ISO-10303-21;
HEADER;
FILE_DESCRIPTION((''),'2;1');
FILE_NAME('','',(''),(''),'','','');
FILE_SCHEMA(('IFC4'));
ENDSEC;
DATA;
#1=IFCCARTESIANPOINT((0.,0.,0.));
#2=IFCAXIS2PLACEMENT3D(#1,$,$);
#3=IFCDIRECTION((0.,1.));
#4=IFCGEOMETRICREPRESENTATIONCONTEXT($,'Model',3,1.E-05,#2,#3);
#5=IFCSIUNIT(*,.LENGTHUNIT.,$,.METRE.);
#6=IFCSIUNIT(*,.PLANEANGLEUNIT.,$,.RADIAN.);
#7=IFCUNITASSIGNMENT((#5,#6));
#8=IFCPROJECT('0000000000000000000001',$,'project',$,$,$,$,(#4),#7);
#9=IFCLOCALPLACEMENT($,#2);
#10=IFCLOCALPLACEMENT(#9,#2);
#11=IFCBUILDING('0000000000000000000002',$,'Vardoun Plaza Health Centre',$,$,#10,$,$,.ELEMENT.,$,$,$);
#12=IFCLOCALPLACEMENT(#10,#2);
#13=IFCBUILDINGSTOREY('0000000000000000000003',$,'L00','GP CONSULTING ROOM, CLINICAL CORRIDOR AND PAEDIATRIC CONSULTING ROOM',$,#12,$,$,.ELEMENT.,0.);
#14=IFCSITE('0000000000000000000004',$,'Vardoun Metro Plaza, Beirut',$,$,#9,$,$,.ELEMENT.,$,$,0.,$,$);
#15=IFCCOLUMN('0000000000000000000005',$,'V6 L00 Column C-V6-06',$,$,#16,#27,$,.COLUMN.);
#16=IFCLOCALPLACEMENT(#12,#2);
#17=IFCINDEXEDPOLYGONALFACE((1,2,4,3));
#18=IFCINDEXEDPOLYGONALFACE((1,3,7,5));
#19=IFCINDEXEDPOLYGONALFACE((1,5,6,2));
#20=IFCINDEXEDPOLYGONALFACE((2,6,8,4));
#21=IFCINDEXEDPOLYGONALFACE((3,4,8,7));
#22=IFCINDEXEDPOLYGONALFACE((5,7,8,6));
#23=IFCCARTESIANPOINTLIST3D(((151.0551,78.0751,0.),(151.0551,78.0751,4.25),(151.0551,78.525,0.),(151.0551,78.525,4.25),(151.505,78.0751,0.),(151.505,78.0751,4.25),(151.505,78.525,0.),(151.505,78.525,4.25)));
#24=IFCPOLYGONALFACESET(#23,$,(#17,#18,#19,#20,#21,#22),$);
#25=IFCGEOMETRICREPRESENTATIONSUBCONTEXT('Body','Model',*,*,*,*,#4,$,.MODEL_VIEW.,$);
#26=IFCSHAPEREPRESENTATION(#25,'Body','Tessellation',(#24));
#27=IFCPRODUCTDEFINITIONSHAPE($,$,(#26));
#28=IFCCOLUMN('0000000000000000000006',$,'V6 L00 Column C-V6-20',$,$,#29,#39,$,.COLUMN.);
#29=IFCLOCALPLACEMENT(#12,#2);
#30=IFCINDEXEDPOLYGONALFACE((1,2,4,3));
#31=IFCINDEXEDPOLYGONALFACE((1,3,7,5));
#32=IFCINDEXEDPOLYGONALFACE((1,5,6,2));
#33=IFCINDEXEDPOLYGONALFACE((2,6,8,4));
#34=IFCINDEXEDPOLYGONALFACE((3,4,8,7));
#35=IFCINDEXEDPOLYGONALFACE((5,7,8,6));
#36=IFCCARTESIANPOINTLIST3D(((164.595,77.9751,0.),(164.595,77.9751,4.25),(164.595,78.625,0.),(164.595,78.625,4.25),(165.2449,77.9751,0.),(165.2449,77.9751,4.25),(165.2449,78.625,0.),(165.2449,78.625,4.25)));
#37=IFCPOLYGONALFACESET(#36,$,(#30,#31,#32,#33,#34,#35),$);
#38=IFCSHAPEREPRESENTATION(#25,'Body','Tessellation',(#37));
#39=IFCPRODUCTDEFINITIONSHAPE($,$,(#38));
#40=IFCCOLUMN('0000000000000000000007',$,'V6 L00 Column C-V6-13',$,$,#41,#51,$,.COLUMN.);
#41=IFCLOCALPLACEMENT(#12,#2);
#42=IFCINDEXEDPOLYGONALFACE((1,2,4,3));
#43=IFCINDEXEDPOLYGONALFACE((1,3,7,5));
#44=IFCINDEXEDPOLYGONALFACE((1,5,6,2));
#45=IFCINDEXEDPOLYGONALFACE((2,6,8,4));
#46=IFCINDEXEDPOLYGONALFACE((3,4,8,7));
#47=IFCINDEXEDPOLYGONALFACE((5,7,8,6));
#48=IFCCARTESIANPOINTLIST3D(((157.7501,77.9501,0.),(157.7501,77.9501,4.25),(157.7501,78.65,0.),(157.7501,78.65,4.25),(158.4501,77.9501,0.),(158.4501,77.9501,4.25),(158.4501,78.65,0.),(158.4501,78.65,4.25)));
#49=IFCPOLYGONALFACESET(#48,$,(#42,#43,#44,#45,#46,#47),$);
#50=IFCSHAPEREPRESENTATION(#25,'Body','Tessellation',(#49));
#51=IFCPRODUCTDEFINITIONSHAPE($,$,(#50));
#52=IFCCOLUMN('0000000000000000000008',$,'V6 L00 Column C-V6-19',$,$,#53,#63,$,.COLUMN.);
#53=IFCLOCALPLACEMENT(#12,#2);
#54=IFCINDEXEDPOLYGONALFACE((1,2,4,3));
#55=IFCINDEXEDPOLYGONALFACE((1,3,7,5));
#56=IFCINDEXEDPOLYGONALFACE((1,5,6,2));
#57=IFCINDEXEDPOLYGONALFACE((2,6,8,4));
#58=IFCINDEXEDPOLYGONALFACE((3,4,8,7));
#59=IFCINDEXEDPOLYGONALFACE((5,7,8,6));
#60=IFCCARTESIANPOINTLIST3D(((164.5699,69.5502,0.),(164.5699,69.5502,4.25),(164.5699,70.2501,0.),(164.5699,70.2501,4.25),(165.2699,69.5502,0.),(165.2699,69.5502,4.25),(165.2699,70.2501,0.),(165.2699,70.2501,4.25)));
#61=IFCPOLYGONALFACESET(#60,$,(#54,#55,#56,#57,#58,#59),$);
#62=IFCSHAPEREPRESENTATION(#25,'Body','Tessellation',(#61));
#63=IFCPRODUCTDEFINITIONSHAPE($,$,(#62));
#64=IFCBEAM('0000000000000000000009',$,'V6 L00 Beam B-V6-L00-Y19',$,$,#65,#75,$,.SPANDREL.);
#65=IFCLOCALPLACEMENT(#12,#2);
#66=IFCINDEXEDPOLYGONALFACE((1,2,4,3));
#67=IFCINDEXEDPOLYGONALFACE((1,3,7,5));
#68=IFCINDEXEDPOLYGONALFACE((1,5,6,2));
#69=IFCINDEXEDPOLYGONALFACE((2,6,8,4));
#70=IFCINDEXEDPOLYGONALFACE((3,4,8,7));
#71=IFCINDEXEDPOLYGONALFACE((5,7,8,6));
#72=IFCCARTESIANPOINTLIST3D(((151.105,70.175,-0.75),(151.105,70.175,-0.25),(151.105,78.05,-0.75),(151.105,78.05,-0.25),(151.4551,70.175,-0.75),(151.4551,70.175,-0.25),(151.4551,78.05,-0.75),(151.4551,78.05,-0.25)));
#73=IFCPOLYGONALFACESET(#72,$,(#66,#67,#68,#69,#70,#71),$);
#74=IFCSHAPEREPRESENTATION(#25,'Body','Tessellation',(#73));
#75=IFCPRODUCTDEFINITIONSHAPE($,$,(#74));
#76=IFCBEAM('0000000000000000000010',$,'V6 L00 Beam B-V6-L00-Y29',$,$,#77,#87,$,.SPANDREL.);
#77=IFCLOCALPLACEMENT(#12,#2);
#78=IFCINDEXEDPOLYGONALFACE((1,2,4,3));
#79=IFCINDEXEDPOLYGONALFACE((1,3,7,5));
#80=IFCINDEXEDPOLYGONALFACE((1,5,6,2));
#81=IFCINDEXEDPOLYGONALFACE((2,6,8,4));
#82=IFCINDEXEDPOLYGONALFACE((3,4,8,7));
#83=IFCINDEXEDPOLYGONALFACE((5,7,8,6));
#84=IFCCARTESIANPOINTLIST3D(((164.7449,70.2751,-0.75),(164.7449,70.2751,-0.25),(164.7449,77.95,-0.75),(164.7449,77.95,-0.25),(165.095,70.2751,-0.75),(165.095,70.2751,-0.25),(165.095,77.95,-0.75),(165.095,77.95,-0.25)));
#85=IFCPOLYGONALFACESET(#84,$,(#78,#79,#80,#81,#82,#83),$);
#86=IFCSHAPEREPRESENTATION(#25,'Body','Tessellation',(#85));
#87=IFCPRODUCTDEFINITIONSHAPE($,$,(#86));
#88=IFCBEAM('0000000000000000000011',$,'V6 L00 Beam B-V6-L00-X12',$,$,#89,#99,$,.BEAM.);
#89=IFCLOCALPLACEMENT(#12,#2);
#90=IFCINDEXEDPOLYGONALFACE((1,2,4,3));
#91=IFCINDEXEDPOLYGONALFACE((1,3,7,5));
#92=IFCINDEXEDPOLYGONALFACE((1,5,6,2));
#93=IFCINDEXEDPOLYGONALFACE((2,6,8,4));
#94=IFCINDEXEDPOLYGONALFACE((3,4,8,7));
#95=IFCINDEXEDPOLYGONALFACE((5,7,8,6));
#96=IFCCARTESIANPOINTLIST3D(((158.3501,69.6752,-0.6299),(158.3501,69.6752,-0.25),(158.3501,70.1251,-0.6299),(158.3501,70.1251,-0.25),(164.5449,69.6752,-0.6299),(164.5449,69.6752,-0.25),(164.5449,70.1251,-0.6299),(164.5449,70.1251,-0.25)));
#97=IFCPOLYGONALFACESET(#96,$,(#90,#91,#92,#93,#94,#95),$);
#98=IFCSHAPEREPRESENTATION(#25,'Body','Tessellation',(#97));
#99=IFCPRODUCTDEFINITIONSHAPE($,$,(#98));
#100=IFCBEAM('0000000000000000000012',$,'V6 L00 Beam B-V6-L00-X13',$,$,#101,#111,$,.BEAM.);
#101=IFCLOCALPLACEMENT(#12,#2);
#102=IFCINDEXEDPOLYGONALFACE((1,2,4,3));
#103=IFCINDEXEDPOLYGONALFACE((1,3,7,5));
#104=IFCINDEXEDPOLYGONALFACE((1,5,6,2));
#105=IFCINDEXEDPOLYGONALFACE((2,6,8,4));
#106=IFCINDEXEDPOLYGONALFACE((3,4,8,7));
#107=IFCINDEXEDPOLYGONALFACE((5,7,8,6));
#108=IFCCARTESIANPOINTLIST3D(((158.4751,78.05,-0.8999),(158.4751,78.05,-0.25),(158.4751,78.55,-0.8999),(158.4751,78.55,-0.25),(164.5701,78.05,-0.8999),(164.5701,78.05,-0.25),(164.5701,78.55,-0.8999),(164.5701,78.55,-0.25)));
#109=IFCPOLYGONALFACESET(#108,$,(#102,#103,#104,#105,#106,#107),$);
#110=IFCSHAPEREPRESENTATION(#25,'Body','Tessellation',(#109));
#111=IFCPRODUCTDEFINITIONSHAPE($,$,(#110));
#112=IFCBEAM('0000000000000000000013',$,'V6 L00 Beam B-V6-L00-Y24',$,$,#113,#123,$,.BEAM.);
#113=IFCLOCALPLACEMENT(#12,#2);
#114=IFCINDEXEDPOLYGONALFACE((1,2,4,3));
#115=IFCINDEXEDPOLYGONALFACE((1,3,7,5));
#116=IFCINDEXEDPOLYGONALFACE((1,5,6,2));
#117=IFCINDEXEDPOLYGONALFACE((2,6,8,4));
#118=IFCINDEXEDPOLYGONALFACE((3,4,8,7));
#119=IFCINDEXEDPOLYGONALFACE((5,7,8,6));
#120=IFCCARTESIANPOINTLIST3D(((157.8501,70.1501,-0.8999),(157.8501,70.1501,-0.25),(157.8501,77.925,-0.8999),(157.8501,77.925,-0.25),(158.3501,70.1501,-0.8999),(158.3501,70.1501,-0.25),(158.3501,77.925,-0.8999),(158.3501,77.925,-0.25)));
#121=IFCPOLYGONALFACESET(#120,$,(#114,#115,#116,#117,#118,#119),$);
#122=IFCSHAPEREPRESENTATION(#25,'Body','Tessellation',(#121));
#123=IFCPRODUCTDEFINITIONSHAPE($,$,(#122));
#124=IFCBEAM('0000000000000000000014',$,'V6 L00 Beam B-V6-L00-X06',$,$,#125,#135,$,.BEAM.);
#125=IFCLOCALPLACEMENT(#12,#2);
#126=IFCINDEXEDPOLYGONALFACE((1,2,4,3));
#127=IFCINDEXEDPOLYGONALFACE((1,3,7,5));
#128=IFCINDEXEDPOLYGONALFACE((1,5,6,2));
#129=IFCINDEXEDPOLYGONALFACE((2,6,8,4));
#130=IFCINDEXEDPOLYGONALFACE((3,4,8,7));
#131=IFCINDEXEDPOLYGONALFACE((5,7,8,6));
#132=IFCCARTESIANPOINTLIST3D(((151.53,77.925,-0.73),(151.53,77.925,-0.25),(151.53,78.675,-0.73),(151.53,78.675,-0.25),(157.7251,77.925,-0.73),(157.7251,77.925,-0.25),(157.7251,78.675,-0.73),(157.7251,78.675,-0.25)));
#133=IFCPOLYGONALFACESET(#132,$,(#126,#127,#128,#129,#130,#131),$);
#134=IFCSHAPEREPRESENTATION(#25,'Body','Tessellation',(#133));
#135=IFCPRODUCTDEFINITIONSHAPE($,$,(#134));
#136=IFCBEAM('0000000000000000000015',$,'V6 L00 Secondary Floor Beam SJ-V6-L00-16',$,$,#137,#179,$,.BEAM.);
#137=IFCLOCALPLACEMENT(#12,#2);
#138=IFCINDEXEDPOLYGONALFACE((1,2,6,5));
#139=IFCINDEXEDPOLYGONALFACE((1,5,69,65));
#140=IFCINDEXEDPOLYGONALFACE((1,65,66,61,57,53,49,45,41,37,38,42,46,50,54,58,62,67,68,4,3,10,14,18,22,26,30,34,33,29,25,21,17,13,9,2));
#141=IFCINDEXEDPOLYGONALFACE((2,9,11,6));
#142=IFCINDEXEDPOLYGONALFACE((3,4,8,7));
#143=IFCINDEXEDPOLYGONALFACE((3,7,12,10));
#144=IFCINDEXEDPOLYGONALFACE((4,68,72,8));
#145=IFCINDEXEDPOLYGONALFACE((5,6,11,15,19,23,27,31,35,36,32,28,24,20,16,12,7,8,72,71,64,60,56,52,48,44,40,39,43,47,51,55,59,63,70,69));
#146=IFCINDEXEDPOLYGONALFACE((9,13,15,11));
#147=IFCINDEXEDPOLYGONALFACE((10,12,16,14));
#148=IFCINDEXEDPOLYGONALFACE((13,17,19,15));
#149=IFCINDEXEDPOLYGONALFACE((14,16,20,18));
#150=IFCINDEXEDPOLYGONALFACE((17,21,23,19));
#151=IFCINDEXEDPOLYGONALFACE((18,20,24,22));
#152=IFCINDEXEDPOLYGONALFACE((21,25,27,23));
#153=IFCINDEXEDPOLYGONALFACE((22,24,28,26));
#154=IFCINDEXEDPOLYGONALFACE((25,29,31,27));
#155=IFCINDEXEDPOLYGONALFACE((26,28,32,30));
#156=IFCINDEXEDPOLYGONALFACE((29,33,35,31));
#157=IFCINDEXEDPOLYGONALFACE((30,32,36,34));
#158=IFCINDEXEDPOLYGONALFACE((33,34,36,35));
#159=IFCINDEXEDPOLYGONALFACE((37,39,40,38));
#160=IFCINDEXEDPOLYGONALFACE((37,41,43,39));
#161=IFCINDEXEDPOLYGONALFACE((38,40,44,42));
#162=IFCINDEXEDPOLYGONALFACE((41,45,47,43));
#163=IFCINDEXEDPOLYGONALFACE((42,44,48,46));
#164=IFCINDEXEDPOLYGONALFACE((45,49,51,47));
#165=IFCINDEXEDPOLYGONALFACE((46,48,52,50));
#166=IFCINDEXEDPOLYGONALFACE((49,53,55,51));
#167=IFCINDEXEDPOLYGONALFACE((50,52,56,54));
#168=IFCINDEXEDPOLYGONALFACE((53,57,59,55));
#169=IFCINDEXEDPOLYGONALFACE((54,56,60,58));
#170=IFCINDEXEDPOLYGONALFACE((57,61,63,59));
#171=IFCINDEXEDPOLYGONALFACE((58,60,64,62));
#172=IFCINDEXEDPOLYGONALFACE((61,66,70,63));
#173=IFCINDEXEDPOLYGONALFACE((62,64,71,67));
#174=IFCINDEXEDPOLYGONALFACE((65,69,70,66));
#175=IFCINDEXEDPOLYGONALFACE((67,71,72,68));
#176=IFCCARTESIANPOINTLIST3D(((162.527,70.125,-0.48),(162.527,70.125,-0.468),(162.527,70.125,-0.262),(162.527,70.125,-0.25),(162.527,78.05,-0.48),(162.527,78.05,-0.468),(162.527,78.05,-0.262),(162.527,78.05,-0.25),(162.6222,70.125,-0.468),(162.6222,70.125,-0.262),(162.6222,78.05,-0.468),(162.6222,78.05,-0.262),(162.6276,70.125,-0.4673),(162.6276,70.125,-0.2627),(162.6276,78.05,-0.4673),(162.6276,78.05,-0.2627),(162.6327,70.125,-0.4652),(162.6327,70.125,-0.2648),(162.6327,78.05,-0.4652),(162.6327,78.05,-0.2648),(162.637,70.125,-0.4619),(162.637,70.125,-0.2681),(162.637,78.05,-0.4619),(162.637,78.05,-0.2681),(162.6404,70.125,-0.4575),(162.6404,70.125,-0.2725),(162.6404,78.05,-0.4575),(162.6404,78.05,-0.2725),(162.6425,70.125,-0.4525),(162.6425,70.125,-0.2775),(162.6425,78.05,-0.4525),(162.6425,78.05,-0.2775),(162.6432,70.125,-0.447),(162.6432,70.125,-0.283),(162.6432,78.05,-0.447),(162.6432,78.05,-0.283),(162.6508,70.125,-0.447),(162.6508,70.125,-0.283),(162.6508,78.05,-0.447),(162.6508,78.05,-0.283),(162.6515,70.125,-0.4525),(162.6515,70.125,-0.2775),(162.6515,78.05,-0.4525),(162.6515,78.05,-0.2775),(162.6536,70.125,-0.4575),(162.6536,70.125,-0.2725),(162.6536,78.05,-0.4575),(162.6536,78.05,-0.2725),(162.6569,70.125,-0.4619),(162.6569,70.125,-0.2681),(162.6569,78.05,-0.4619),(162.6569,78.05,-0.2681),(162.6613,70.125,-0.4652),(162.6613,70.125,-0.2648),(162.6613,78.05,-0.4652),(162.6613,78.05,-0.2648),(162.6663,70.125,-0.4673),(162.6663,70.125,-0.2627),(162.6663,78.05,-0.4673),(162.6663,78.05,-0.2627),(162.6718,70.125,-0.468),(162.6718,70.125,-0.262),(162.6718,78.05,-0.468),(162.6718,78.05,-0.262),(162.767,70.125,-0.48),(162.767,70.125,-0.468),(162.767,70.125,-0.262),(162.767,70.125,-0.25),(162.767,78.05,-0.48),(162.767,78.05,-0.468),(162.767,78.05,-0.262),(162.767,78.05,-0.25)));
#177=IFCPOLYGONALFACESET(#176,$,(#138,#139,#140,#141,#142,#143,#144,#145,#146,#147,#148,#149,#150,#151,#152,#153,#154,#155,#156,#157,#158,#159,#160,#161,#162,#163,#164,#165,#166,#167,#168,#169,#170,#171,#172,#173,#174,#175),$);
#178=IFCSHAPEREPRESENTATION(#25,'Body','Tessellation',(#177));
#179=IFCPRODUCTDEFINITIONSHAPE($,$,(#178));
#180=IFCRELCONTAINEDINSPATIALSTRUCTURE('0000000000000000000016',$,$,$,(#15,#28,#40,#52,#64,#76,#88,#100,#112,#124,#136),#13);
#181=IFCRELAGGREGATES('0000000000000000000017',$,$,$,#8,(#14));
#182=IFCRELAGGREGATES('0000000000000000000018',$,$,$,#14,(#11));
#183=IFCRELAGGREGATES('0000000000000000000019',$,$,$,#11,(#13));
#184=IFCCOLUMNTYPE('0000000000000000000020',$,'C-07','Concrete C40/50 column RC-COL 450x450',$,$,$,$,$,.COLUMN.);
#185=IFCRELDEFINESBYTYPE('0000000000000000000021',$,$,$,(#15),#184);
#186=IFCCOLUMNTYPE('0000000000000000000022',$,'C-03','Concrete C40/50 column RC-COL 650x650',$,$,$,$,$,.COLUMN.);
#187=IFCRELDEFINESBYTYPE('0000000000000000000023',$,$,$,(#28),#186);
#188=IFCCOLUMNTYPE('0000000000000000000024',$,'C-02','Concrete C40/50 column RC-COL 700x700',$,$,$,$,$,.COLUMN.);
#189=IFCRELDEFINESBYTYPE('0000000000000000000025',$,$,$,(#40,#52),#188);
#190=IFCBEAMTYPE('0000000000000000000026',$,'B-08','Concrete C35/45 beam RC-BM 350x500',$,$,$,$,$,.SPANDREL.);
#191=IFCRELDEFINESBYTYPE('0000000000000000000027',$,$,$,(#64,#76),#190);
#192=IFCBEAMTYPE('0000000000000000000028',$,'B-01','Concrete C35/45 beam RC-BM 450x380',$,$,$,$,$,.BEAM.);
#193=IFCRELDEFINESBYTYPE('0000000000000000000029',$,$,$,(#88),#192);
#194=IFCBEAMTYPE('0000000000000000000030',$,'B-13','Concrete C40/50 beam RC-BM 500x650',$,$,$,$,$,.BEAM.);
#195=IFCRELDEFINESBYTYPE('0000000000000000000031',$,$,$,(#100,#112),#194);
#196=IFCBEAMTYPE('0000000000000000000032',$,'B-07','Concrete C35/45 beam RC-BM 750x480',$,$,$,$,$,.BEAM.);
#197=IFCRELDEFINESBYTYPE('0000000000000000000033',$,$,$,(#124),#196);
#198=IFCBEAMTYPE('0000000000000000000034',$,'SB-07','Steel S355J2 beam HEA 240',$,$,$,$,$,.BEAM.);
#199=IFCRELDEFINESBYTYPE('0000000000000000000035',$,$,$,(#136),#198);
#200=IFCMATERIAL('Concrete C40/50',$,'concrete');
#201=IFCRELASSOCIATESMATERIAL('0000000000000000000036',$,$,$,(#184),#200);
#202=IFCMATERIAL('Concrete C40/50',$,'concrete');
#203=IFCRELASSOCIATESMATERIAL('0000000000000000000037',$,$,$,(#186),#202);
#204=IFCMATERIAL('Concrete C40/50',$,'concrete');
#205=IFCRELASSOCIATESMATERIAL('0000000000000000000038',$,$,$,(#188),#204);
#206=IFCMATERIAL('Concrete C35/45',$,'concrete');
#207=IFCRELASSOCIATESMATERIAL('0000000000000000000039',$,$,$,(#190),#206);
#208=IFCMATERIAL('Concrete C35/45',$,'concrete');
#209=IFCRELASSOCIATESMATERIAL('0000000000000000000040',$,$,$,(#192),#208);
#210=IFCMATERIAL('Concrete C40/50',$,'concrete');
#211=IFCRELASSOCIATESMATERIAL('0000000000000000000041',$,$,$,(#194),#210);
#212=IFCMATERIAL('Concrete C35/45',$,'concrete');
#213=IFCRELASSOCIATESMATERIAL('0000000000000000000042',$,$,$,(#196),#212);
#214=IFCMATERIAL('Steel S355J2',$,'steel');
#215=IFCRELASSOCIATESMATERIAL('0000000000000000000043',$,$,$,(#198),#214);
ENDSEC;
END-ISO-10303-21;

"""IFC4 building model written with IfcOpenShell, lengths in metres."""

from ifc_helpers import new_model, si_unit, direction, frame, origin, origin_2d, place, context, subcontext, project, spatial, rectangle, i_section, extrude, material, material_profile, profile_set, type_object, element, save


model = new_model("IFC4")

# Units and contexts
model_context = context("Model", 3, precision=1e-05, world=origin(), true_north=direction((0.0, 1.0)))
body_context = subcontext(model_context, "Body", "Model", "MODEL_VIEW")
ifc_project = project(units=[si_unit("LENGTHUNIT", "METRE"), si_unit("PLANEANGLEUNIT", "RADIAN")], contexts=[model_context])

# Site, building, storey
site_placement = place(None, origin())
site = spatial("IfcSite", under=ifc_project, at=site_placement, Name="Vardoun Metro Plaza, Beirut", CompositionType="ELEMENT", RefElevation=0.0)
building_placement = place(site_placement, origin())
building = spatial("IfcBuilding", under=site, at=building_placement, Name="Vardoun Plaza Health Centre", CompositionType="ELEMENT")
storey_placement = place(building_placement, origin())
storey = spatial("IfcBuildingStorey", under=building, at=storey_placement, Name="L00", Description="GP CONSULTING ROOM, CLINICAL CORRIDOR AND PAEDIATRIC CONSULTING ROOM", CompositionType="ELEMENT", Elevation=0.0)

# Columns
ifc_material_1 = material(Name="Concrete C40/50", Category="concrete")
ifc_material_profile_1 = material_profile(ifc_material_1, rectangle(XDim=0.45, YDim=0.45, at=origin_2d()), Name="RC-COL 450x450")
ifc_profile_set_1 = profile_set([ifc_material_profile_1], Name="Concrete C40/50")
column_type_1 = type_object("IfcColumnType", Name="C-07", Description="Concrete C40/50 column RC-COL 450x450", PredefinedType="COLUMN", material=ifc_profile_set_1)
column_1_placement = place(storey_placement, frame((151.28, 78.3, 0.0), z_axis=(0.0, 0.0, 1.0), x_axis=(1.0, 0.0, 0.0)))
element("IfcColumn", 1, at=column_1_placement, inside=storey, type_object=column_type_1, Name="V6 L00 Column C-V6-06", PredefinedType="COLUMN", context=body_context, shape_type="SweptSolid", body=[
    extrude(rectangle(XDim=0.45, YDim=0.45, at=origin_2d()), origin(), (0.0, 0.0, 1.0), 4.25),
])
ifc_material_2 = material(Name="Concrete C40/50", Category="concrete")
ifc_material_profile_2 = material_profile(ifc_material_2, rectangle(XDim=0.6499, YDim=0.6499, at=origin_2d()), Name="RC-COL 650x650")
ifc_profile_set_2 = profile_set([ifc_material_profile_2], Name="Concrete C40/50")
column_type_2 = type_object("IfcColumnType", Name="C-03", Description="Concrete C40/50 column RC-COL 650x650", PredefinedType="COLUMN", material=ifc_profile_set_2)
column_2_placement = place(storey_placement, frame((164.9199, 78.3, 0.0), z_axis=(0.0, 0.0, 1.0), x_axis=(1.0, 0.0, 0.0)))
element("IfcColumn", 2, at=column_2_placement, inside=storey, type_object=column_type_2, Name="V6 L00 Column C-V6-20", PredefinedType="COLUMN", context=body_context, shape_type="SweptSolid", body=[
    extrude(rectangle(XDim=0.6499, YDim=0.6499, at=origin_2d()), origin(), (0.0, 0.0, 1.0), 4.25),
])
ifc_material_3 = material(Name="Concrete C40/50", Category="concrete")
ifc_material_profile_3 = material_profile(ifc_material_3, rectangle(XDim=0.7, YDim=0.7, at=origin_2d()), Name="RC-COL 700x700")
ifc_profile_set_3 = profile_set([ifc_material_profile_3], Name="Concrete C40/50")
column_type_3 = type_object("IfcColumnType", Name="C-02", Description="Concrete C40/50 column RC-COL 700x700", PredefinedType="COLUMN", material=ifc_profile_set_3)
for number, where, z_axis, x_axis, name in (
    (3, (158.1001, 78.3, 0.0), (0.0, 0.0, 1.0), (1.0, 0.0, 0.0), "V6 L00 Column C-V6-13"),
    (4, (164.9199, 69.9001, 0.0), (0.0, 0.0, 1.0), (1.0, 0.0, 0.0), "V6 L00 Column C-V6-19"),
):
    element("IfcColumn", number, at=place(storey_placement, frame(where, z_axis=z_axis, x_axis=x_axis)), inside=storey, type_object=column_type_3, Name=name, PredefinedType="COLUMN", context=body_context, shape_type="SweptSolid", body=[
        extrude(rectangle(XDim=0.7, YDim=0.7, at=origin_2d()), origin(), (0.0, 0.0, 1.0), 4.25),
    ])

# Beams
ifc_material_4 = material(Name="Concrete C35/45", Category="concrete")
ifc_material_profile_4 = material_profile(ifc_material_4, rectangle(XDim=0.3501, YDim=0.5, at=origin_2d()), Name="RC-BM 350x500")
ifc_profile_set_4 = profile_set([ifc_material_profile_4], Name="Concrete C35/45")
beam_type_1 = type_object("IfcBeamType", Name="B-08", Description="Concrete C35/45 beam RC-BM 350x500", PredefinedType="SPANDREL", material=ifc_profile_set_4)
beam_1_placement = place(storey_placement, frame((151.28, 70.175, -0.5), z_axis=(0.0, 1.0, 0.0), x_axis=(-1.0, 0.0, 0.0)))
element("IfcBeam", 5, at=beam_1_placement, inside=storey, type_object=beam_type_1, Name="V6 L00 Beam B-V6-L00-Y19", PredefinedType="SPANDREL", context=body_context, shape_type="SweptSolid", body=[
    extrude(rectangle(XDim=0.3501, YDim=0.5, at=origin_2d()), origin(), (0.0, 0.0, 1.0), 7.875),
])
beam_2_placement = place(storey_placement, frame((164.9199, 70.2751, -0.5), z_axis=(0.0, 1.0, 0.0), x_axis=(-1.0, 0.0, 0.0)))
element("IfcBeam", 6, at=beam_2_placement, inside=storey, type_object=beam_type_1, Name="V6 L00 Beam B-V6-L00-Y29", PredefinedType="SPANDREL", context=body_context, shape_type="SweptSolid", body=[
    extrude(rectangle(XDim=0.3501, YDim=0.5, at=origin_2d()), origin(), (0.0, 0.0, 1.0), 7.6748),
])
ifc_material_5 = material(Name="Concrete C35/45", Category="concrete")
ifc_material_profile_5 = material_profile(ifc_material_5, rectangle(XDim=0.45, YDim=0.3799, at=origin_2d()), Name="RC-BM 450x380")
ifc_profile_set_5 = profile_set([ifc_material_profile_5], Name="Concrete C35/45")
beam_type_2 = type_object("IfcBeamType", Name="B-01", Description="Concrete C35/45 beam RC-BM 450x380", PredefinedType="BEAM", material=ifc_profile_set_5)
beam_3_placement = place(storey_placement, frame((158.3501, 69.9001, -0.4399), z_axis=(1.0, 0.0, 0.0), x_axis=(0.0, 1.0, 0.0)))
element("IfcBeam", 7, at=beam_3_placement, inside=storey, type_object=beam_type_2, Name="V6 L00 Beam B-V6-L00-X12", PredefinedType="BEAM", context=body_context, shape_type="SweptSolid", body=[
    extrude(rectangle(XDim=0.45, YDim=0.3799, at=origin_2d()), origin(), (0.0, 0.0, 1.0), 6.1948),
])
ifc_material_6 = material(Name="Concrete C40/50", Category="concrete")
ifc_material_profile_6 = material_profile(ifc_material_6, rectangle(XDim=0.5, YDim=0.6499, at=origin_2d()), Name="RC-BM 500x650")
ifc_profile_set_6 = profile_set([ifc_material_profile_6], Name="Concrete C40/50")
beam_type_3 = type_object("IfcBeamType", Name="B-13", Description="Concrete C40/50 beam RC-BM 500x650", PredefinedType="BEAM", material=ifc_profile_set_6)
beam_4_placement = place(storey_placement, frame((158.4751, 78.3, -0.575), z_axis=(1.0, 0.0, 0.0), x_axis=(0.0, 1.0, 0.0)))
element("IfcBeam", 8, at=beam_4_placement, inside=storey, type_object=beam_type_3, Name="V6 L00 Beam B-V6-L00-X13", PredefinedType="BEAM", context=body_context, shape_type="SweptSolid", body=[
    extrude(rectangle(XDim=0.5, YDim=0.6499, at=origin_2d()), origin(), (0.0, 0.0, 1.0), 6.095),
])
beam_5_placement = place(storey_placement, frame((158.1001, 70.1501, -0.575), z_axis=(0.0, 1.0, 0.0), x_axis=(-1.0, 0.0, 0.0)))
element("IfcBeam", 9, at=beam_5_placement, inside=storey, type_object=beam_type_3, Name="V6 L00 Beam B-V6-L00-Y24", PredefinedType="BEAM", context=body_context, shape_type="SweptSolid", body=[
    extrude(rectangle(XDim=0.5, YDim=0.6499, at=origin_2d()), origin(), (0.0, 0.0, 1.0), 7.7749),
])
ifc_material_7 = material(Name="Concrete C35/45", Category="concrete")
ifc_material_profile_7 = material_profile(ifc_material_7, rectangle(XDim=0.75, YDim=0.48, at=origin_2d()), Name="RC-BM 750x480")
ifc_profile_set_7 = profile_set([ifc_material_profile_7], Name="Concrete C35/45")
beam_type_4 = type_object("IfcBeamType", Name="B-07", Description="Concrete C35/45 beam RC-BM 750x480", PredefinedType="BEAM", material=ifc_profile_set_7)
beam_6_placement = place(storey_placement, frame((151.53, 78.3, -0.49), z_axis=(1.0, 0.0, 0.0), x_axis=(0.0, 1.0, 0.0)))
element("IfcBeam", 10, at=beam_6_placement, inside=storey, type_object=beam_type_4, Name="V6 L00 Beam B-V6-L00-X06", PredefinedType="BEAM", context=body_context, shape_type="SweptSolid", body=[
    extrude(rectangle(XDim=0.75, YDim=0.48, at=origin_2d()), origin(), (0.0, 0.0, 1.0), 6.1951),
])
ifc_material_8 = material(Name="Steel S355J2", Category="steel")
ifc_material_profile_8 = material_profile(ifc_material_8, i_section(OverallWidth=0.24, OverallDepth=0.23, WebThickness=0.0076, FlangeThickness=0.012, FilletRadius=0.021, at=origin_2d()), Name="HEA 240")
ifc_profile_set_8 = profile_set([ifc_material_profile_8], Name="Steel S355J2")
beam_type_5 = type_object("IfcBeamType", Name="SB-07", Description="Steel S355J2 beam HEA 240", PredefinedType="BEAM", material=ifc_profile_set_8)
beam_7_placement = place(storey_placement, frame((162.647, 70.125, -0.365), z_axis=(0.0, 1.0, 0.0), x_axis=(-1.0, 0.0, 0.0)))
element("IfcBeam", 11, at=beam_7_placement, inside=storey, type_object=beam_type_5, Name="V6 L00 Secondary Floor Beam SJ-V6-L00-16", PredefinedType="BEAM", context=body_context, shape_type="SweptSolid", body=[
    extrude(i_section(OverallWidth=0.24, OverallDepth=0.23, WebThickness=0.0076, FlangeThickness=0.012, FilletRadius=0.021, at=origin_2d()), origin(), (0.0, 0.0, 1.0), 7.925),
])

save(model, "model.ifc")
